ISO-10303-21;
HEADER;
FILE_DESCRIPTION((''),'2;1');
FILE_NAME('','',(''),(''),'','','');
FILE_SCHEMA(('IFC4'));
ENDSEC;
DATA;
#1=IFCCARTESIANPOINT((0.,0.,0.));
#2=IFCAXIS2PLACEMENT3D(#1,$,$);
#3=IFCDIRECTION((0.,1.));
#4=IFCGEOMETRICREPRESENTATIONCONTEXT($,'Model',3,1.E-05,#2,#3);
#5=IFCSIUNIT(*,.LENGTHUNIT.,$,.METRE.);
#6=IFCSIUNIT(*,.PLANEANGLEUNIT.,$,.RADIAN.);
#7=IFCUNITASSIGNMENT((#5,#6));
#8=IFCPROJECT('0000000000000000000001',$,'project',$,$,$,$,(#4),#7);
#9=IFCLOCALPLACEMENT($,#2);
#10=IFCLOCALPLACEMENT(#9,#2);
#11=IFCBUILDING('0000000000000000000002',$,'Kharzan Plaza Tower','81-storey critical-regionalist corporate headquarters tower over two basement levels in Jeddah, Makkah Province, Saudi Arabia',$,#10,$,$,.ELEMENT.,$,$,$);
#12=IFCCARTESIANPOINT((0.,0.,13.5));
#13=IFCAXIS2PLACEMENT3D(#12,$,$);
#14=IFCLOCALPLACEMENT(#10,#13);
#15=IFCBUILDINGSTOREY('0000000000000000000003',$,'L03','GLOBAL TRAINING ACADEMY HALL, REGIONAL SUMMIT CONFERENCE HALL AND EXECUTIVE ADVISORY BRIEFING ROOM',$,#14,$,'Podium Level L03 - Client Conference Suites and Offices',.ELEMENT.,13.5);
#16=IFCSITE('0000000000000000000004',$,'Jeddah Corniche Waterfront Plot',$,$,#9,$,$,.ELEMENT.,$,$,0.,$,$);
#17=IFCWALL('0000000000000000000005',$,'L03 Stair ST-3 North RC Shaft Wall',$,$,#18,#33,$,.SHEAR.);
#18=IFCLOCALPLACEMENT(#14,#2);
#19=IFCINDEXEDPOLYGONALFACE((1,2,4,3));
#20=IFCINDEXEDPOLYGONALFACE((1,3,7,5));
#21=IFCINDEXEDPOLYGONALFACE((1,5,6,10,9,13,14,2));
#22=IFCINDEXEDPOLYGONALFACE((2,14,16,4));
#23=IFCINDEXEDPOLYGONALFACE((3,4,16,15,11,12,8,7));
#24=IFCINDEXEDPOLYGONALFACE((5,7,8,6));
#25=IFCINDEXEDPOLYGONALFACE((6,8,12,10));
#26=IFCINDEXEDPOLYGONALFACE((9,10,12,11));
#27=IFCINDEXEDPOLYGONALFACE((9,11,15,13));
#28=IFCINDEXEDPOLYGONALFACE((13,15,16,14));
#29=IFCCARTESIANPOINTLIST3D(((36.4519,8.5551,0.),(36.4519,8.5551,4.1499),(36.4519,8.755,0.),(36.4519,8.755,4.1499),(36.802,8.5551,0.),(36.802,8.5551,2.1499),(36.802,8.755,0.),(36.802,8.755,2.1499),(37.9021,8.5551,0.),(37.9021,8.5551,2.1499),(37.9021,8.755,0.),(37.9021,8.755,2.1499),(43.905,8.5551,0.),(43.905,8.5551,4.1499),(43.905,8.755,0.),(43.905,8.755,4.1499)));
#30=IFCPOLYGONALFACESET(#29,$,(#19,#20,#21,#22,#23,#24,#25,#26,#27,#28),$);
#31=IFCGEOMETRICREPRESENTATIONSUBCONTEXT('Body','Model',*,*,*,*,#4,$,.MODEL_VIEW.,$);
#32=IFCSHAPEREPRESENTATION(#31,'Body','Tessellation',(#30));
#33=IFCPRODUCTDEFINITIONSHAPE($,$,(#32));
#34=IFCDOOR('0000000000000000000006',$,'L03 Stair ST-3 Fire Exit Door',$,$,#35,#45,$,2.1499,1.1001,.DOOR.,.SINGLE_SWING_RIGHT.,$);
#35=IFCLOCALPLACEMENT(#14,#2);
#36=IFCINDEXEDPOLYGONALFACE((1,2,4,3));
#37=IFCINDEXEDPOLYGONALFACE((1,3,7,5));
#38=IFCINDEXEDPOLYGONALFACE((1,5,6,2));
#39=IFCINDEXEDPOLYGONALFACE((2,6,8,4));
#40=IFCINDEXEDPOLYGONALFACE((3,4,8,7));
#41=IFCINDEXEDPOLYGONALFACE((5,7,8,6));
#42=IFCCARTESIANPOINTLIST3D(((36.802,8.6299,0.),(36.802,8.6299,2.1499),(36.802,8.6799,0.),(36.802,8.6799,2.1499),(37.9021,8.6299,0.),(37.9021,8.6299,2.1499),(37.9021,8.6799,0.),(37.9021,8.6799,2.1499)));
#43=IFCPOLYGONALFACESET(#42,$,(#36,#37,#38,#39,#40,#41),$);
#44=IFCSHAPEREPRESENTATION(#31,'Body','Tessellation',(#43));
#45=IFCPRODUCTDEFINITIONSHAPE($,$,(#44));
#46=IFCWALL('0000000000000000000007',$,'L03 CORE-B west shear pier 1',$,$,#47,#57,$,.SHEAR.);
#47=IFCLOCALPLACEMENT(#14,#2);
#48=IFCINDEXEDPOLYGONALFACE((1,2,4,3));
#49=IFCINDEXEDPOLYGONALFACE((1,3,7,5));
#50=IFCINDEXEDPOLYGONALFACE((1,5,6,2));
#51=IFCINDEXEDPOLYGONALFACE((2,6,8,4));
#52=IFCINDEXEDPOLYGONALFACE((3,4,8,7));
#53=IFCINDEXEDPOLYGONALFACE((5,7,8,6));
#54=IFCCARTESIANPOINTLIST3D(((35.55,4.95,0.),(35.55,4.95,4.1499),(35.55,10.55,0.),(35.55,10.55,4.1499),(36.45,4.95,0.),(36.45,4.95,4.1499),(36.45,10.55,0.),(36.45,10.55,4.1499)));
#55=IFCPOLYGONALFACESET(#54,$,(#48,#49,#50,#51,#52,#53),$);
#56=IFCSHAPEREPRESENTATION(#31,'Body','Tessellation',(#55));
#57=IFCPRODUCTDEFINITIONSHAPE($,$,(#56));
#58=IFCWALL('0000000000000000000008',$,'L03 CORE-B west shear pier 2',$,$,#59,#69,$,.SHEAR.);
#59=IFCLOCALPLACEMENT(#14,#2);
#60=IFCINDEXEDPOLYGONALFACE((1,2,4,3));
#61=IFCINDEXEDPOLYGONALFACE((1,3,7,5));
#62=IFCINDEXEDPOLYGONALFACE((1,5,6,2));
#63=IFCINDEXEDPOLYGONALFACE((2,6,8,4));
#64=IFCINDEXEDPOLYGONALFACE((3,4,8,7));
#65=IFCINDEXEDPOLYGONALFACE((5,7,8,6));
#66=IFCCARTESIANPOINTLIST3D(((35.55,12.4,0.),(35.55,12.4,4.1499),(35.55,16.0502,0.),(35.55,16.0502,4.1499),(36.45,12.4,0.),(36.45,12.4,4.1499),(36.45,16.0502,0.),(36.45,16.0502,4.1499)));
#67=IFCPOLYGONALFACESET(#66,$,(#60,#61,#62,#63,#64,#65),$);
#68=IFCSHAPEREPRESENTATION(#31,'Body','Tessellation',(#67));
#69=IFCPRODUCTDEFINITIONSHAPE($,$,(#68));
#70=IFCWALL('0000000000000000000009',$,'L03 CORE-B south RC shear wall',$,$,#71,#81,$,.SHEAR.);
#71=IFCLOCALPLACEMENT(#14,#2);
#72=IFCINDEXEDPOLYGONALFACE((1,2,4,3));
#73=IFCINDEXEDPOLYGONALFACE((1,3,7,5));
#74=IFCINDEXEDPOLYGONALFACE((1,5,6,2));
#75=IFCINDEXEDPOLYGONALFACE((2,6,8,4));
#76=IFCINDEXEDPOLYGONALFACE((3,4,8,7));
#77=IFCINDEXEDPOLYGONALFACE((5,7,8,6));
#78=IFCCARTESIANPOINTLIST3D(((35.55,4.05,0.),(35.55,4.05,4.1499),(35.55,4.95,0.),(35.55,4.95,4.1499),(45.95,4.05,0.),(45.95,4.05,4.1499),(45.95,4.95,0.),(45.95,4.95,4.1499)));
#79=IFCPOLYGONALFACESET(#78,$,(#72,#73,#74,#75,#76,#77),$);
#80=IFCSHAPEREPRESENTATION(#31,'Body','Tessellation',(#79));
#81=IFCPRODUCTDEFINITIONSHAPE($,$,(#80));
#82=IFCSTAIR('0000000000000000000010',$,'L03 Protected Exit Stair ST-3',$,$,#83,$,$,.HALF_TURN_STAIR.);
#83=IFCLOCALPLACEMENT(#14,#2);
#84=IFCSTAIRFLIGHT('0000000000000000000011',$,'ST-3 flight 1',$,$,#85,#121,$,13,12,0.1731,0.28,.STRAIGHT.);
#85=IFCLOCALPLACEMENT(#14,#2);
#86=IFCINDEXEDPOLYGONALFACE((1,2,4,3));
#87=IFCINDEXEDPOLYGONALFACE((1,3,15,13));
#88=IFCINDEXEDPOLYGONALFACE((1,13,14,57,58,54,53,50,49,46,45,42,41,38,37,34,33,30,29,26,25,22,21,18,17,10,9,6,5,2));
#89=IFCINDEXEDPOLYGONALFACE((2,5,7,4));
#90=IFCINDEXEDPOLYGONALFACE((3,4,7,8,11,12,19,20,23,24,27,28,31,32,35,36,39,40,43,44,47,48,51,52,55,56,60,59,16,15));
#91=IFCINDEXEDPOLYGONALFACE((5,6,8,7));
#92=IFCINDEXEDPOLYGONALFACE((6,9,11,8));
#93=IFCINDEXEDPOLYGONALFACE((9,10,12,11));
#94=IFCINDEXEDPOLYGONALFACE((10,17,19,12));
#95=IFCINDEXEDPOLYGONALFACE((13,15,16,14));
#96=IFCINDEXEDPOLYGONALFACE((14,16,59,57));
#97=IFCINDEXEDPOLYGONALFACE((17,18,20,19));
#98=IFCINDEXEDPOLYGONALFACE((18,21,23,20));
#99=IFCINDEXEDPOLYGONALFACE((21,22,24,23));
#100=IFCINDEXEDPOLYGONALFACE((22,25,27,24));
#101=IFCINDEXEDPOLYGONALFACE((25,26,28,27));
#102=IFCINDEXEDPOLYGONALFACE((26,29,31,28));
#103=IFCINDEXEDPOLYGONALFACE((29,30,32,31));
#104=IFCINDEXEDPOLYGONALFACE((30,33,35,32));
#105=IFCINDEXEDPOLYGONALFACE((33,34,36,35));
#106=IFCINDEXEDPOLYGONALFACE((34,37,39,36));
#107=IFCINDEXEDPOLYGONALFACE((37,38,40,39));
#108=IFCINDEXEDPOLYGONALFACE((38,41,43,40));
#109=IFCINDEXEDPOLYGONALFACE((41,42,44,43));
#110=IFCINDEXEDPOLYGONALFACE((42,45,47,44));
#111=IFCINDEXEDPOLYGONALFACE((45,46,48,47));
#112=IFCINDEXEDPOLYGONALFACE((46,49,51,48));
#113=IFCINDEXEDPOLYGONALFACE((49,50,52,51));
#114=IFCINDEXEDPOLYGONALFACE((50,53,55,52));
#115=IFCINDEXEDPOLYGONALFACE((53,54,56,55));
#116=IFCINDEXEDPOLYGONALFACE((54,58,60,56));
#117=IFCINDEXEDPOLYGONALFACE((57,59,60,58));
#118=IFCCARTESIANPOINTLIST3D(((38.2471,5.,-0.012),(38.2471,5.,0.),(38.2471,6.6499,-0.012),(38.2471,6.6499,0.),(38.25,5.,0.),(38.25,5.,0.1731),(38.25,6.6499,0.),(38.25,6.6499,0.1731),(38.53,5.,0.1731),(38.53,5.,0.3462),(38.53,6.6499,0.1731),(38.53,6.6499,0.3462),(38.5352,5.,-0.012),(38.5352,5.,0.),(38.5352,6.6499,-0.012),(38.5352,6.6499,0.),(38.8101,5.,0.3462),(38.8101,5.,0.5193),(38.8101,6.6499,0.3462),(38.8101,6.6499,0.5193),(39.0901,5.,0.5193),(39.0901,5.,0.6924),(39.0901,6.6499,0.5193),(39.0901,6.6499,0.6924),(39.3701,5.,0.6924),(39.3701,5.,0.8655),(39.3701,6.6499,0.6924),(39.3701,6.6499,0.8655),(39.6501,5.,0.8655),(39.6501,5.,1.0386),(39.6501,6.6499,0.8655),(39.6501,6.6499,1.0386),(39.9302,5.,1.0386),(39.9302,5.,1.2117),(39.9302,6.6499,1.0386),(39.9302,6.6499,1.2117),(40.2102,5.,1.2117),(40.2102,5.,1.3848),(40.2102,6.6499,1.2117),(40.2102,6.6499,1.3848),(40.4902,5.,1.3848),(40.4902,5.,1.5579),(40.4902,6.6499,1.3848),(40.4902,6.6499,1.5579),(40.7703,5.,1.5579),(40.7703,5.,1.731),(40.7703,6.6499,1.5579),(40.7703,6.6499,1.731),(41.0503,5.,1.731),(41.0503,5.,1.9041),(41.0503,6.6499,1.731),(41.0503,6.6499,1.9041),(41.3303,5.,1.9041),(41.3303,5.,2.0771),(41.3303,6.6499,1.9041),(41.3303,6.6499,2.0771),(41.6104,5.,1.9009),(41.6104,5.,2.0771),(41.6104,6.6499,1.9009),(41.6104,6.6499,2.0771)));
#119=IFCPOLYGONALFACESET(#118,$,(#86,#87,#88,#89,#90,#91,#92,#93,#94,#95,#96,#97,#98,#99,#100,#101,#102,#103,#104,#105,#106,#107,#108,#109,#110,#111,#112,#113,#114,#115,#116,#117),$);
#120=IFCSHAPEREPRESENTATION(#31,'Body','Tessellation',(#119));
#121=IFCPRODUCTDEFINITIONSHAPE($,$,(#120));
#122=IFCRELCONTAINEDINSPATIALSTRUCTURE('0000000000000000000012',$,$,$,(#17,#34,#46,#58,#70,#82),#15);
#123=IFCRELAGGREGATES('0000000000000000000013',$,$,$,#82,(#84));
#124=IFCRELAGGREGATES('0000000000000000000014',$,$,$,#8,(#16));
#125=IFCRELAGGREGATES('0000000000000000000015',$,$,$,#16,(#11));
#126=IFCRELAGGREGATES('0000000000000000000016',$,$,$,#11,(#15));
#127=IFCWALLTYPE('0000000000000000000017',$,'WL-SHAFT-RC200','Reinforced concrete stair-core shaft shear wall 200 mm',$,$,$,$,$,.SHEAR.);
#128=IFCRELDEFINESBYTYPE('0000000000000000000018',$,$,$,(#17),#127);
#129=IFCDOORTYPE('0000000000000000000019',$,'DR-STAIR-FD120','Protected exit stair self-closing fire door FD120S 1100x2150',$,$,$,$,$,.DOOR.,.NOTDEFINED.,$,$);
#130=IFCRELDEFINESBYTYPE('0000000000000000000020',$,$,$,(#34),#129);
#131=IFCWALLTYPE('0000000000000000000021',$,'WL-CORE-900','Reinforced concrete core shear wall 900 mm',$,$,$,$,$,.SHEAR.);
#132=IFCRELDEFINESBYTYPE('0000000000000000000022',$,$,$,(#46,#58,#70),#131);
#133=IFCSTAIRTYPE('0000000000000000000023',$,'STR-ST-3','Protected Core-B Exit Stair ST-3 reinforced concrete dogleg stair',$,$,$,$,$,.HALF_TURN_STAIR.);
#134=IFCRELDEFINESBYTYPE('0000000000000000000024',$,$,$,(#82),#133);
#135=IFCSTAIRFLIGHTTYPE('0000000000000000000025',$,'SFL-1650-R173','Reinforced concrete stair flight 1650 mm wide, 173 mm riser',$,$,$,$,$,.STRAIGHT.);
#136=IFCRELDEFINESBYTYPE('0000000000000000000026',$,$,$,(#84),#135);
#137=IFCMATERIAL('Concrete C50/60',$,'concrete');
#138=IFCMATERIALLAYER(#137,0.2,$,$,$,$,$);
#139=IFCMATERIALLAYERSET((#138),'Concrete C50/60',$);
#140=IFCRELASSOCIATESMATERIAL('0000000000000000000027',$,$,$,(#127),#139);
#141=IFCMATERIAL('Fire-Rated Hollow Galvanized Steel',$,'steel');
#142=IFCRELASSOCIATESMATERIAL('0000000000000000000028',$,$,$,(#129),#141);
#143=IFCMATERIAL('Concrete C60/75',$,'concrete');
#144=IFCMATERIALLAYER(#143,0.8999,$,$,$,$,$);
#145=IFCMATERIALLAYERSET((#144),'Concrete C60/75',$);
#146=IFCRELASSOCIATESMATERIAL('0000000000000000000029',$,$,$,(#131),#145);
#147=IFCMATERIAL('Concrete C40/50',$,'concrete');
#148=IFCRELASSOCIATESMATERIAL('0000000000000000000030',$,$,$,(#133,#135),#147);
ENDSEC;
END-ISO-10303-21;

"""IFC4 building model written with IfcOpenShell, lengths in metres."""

from ifc_helpers import new_model, si_unit, direction, frame, frame_2d, origin, place, context, subcontext, project, spatial, polyline, rectangle, outline, extrude, source, transform, mapped, material, layer, layer_set, type_object, element, fill, aggregate, save


model = new_model("IFC4")

# Units and contexts
model_context = context("Model", 3, precision=1e-05, world=origin(), true_north=direction((0.0, 1.0)))
body_context = subcontext(model_context, "Body", "Model", "MODEL_VIEW")
ifc_project = project(units=[si_unit("LENGTHUNIT", "METRE"), si_unit("PLANEANGLEUNIT", "RADIAN")], contexts=[model_context])

# Site, building, storey
site_placement = place(None, origin())
site = spatial("IfcSite", under=ifc_project, at=site_placement, Name="Jeddah Corniche Waterfront Plot", CompositionType="ELEMENT", RefElevation=0.0)
building_placement = place(site_placement, origin())
building = spatial("IfcBuilding", under=site, at=building_placement, Name="Kharzan Plaza Tower", Description="81-storey critical-regionalist corporate headquarters tower over two basement levels in Jeddah, Makkah Province, Saudi Arabia", CompositionType="ELEMENT")
storey_placement = place(building_placement, frame((0.0, 0.0, 13.5)))
storey = spatial("IfcBuildingStorey", under=building, at=storey_placement, Name="L03", Description="GLOBAL TRAINING ACADEMY HALL, REGIONAL SUMMIT CONFERENCE HALL AND EXECUTIVE ADVISORY BRIEFING ROOM", LongName="Podium Level L03 - Client Conference Suites and Offices", CompositionType="ELEMENT", Elevation=13.5)

# Shared definitions
ifc_material_1 = material(Name="Concrete C60/75", Category="concrete")

# Shared definitions
ifc_material_2 = material(Name="Concrete C40/50", Category="concrete")

# Wall, opening, door
ifc_material_3 = material(Name="Concrete C50/60", Category="concrete")
ifc_layer_1 = layer(ifc_material_3, 0.2)
ifc_layer_set_1 = layer_set([ifc_layer_1], Name="Concrete C50/60")
wall_type_1 = type_object("IfcWallType", Name="WL-SHAFT-RC200", Description="Reinforced concrete stair-core shaft shear wall 200 mm", PredefinedType="SHEAR", material=ifc_layer_set_1)
wall_1_placement = place(storey_placement, frame((36.4519, 8.655, 0.0), z_axis=(0.0, 0.0, 1.0), x_axis=(1.0, 0.0, 0.0)))
wall_1 = element("IfcWall", 1, at=wall_1_placement, inside=storey, type_object=wall_type_1, Name="L03 Stair ST-3 North RC Shaft Wall", PredefinedType="SHEAR", context=body_context, shape_type="SweptSolid", body=[
    extrude(rectangle(XDim=7.4531, YDim=0.2, at=frame_2d((3.7266, 0.0))), origin(), (0.0, 0.0, 1.0), 4.1499),
])
opening_1_placement = place(wall_1_placement, frame((0.3501, 0.0, 0.0)))
opening_1 = element("IfcOpeningElement", 2, at=opening_1_placement, cuts=wall_1, PredefinedType="OPENING", context=body_context, shape_type="SweptSolid", body=[
    extrude(rectangle(XDim=1.1001, YDim=2.1499, at=frame_2d((0.55, 1.075))), frame((0.0, 0.1099, 0.0), z_axis=(0.0, -1.0, 0.0), x_axis=(1.0, 0.0, 0.0)), (0.0, 0.0, 1.0), 0.22),
])
ifc_material_4 = material(Name="Fire-Rated Hollow Galvanized Steel", Category="steel")
door_type = type_object("IfcDoorType", Name="DR-STAIR-FD120", Description="Protected exit stair self-closing fire door FD120S 1100x2150", OperationType="NOTDEFINED", PredefinedType="DOOR", material=ifc_material_4)
shared_shape_1 = source(origin(), body_context, "Body", "SweptSolid", [
    extrude(rectangle(XDim=1.1001, YDim=2.1499, at=frame_2d((0.55, 1.075))), frame((0.0, 0.0249, 0.0), z_axis=(0.0, -1.0, 0.0), x_axis=(1.0, 0.0, 0.0)), (0.0, 0.0, 1.0), 0.05),
])
door_placement = place(opening_1_placement, origin())
door = element("IfcDoor", 3, at=door_placement, inside=storey, type_object=door_type, Name="L03 Stair ST-3 Fire Exit Door", OperationType="SINGLE_SWING_RIGHT", OverallHeight=2.1499, OverallWidth=1.1001, PredefinedType="DOOR", context=body_context, shape_type="MappedRepresentation", body=[
    mapped(shared_shape_1, transform((0.0, 0.0, 0.0), x_axis=(1.0, 0.0, 0.0), y_axis=(0.0, 1.0, 0.0), z_axis=(0.0, 0.0, 1.0))),
])
fill(opening_1, door)

# Walls
ifc_layer_2 = layer(ifc_material_1, 0.8999)
ifc_layer_set_2 = layer_set([ifc_layer_2], Name="Concrete C60/75")
wall_type_2 = type_object("IfcWallType", Name="WL-CORE-900", Description="Reinforced concrete core shear wall 900 mm", PredefinedType="SHEAR", material=ifc_layer_set_2)
shared_shape_2 = source(origin(), body_context, "Body", "SweptSolid", [
    extrude(rectangle(XDim=5.6001, YDim=0.8999, at=frame_2d((2.8, 0.0))), origin(), (0.0, 0.0, 1.0), 4.1499),
])
wall_2_placement = place(storey_placement, frame((36.0, 4.95, 0.0), z_axis=(0.0, 0.0, 1.0), x_axis=(0.0, 1.0, 0.0)))
element("IfcWall", 4, at=wall_2_placement, inside=storey, type_object=wall_type_2, Name="L03 CORE-B west shear pier 1", PredefinedType="SHEAR", context=body_context, shape_type="MappedRepresentation", body=[
    mapped(shared_shape_2, transform((0.0, 0.0, 0.0), x_axis=(1.0, 0.0, 0.0), y_axis=(0.0, 1.0, 0.0), z_axis=(0.0, 0.0, 1.0))),
])
shared_shape_3 = source(origin(), body_context, "Body", "SweptSolid", [
    extrude(rectangle(XDim=3.6501, YDim=0.8999, at=frame_2d((1.8252, 0.0))), origin(), (0.0, 0.0, 1.0), 4.1499),
])
wall_3_placement = place(storey_placement, frame((36.0, 12.3999, 0.0), z_axis=(0.0, 0.0, 1.0), x_axis=(0.0, 1.0, 0.0)))
element("IfcWall", 5, at=wall_3_placement, inside=storey, type_object=wall_type_2, Name="L03 CORE-B west shear pier 2", PredefinedType="SHEAR", context=body_context, shape_type="MappedRepresentation", body=[
    mapped(shared_shape_3, transform((0.0, 0.0, 0.0), x_axis=(1.0, 0.0, 0.0), y_axis=(0.0, 1.0, 0.0), z_axis=(0.0, 0.0, 1.0))),
])
shared_shape_4 = source(origin(), body_context, "Body", "SweptSolid", [
    extrude(rectangle(XDim=10.3999, YDim=0.8999, at=frame_2d((5.2, 0.0))), origin(), (0.0, 0.0, 1.0), 4.1499),
])
wall_4_placement = place(storey_placement, frame((35.55, 4.5, 0.0), z_axis=(0.0, 0.0, 1.0), x_axis=(1.0, 0.0, 0.0)))
element("IfcWall", 6, at=wall_4_placement, inside=storey, type_object=wall_type_2, Name="L03 CORE-B south RC shear wall", PredefinedType="SHEAR", context=body_context, shape_type="MappedRepresentation", body=[
    mapped(shared_shape_4, transform((0.0, 0.0, 0.0), x_axis=(1.0, 0.0, 0.0), y_axis=(0.0, 1.0, 0.0), z_axis=(0.0, 0.0, 1.0))),
])

# Stair, stair flight
stair_type = type_object("IfcStairType", Name="STR-ST-3", Description="Protected Core-B Exit Stair ST-3 reinforced concrete dogleg stair", PredefinedType="HALF_TURN_STAIR", material=ifc_material_2)
stair_placement = place(storey_placement, origin())
stair = element("IfcStair", 7, at=stair_placement, inside=storey, type_object=stair_type, Name="L03 Protected Exit Stair ST-3", PredefinedType="HALF_TURN_STAIR")
stair_flight_type = type_object("IfcStairFlightType", Name="SFL-1650-R173", Description="Reinforced concrete stair flight 1650 mm wide, 173 mm riser", PredefinedType="STRAIGHT", material=ifc_material_2)
shared_shape_5 = source(origin(), body_context, "Body", "SweptSolid", [
    extrude(outline(polyline([(-0.0029, -0.012), (-0.0029, 0.0), (0.0, 0.0), (0.0, 0.1731), (0.28, 0.1731), (0.28, 0.3462), (0.5601, 0.3462), (0.5601, 0.5193), (0.8401, 0.5193), (0.8401, 0.6924), (1.1201, 0.6924), (1.1201, 0.8655), (1.4001, 0.8655), (1.4001, 1.0386), (1.6802, 1.0386), (1.6802, 1.2117), (1.9602, 1.2117), (1.9602, 1.3848), (2.2402, 1.3848), (2.2402, 1.5579), (2.5203, 1.5579), (2.5203, 1.731), (2.8003, 1.731), (2.8003, 1.9041), (3.0803, 1.9041), (3.0803, 2.0771), (3.3604, 2.0771), (3.3604, 2.2502), (3.3604, 1.9009), (0.2852, 0.0), (0.2852, -0.012), (-0.0029, -0.012)])), frame((0.0, 0.825, 0.0), z_axis=(0.0, -1.0, 0.0), x_axis=(1.0, 0.0, 0.0)), (0.0, 0.0, 1.0), 1.6499),
])
stair_flight_placement = place(storey_placement, frame((38.25, 5.825, 0.0), z_axis=(0.0, 0.0, 1.0), x_axis=(1.0, 0.0, 0.0)))
stair_flight = element("IfcStairFlight", 8, at=stair_flight_placement, type_object=stair_flight_type, Name="ST-3 flight 1", NumberOfRisers=13, NumberOfTreads=12, PredefinedType="STRAIGHT", RiserHeight=0.1731, TreadLength=0.28, context=body_context, shape_type="MappedRepresentation", body=[
    mapped(shared_shape_5, transform((0.0, 0.0, 0.0), x_axis=(1.0, 0.0, 0.0), y_axis=(0.0, 1.0, 0.0), z_axis=(0.0, 0.0, 1.0))),
])
aggregate(stair, [stair_flight])

save(model, "model.ifc")
